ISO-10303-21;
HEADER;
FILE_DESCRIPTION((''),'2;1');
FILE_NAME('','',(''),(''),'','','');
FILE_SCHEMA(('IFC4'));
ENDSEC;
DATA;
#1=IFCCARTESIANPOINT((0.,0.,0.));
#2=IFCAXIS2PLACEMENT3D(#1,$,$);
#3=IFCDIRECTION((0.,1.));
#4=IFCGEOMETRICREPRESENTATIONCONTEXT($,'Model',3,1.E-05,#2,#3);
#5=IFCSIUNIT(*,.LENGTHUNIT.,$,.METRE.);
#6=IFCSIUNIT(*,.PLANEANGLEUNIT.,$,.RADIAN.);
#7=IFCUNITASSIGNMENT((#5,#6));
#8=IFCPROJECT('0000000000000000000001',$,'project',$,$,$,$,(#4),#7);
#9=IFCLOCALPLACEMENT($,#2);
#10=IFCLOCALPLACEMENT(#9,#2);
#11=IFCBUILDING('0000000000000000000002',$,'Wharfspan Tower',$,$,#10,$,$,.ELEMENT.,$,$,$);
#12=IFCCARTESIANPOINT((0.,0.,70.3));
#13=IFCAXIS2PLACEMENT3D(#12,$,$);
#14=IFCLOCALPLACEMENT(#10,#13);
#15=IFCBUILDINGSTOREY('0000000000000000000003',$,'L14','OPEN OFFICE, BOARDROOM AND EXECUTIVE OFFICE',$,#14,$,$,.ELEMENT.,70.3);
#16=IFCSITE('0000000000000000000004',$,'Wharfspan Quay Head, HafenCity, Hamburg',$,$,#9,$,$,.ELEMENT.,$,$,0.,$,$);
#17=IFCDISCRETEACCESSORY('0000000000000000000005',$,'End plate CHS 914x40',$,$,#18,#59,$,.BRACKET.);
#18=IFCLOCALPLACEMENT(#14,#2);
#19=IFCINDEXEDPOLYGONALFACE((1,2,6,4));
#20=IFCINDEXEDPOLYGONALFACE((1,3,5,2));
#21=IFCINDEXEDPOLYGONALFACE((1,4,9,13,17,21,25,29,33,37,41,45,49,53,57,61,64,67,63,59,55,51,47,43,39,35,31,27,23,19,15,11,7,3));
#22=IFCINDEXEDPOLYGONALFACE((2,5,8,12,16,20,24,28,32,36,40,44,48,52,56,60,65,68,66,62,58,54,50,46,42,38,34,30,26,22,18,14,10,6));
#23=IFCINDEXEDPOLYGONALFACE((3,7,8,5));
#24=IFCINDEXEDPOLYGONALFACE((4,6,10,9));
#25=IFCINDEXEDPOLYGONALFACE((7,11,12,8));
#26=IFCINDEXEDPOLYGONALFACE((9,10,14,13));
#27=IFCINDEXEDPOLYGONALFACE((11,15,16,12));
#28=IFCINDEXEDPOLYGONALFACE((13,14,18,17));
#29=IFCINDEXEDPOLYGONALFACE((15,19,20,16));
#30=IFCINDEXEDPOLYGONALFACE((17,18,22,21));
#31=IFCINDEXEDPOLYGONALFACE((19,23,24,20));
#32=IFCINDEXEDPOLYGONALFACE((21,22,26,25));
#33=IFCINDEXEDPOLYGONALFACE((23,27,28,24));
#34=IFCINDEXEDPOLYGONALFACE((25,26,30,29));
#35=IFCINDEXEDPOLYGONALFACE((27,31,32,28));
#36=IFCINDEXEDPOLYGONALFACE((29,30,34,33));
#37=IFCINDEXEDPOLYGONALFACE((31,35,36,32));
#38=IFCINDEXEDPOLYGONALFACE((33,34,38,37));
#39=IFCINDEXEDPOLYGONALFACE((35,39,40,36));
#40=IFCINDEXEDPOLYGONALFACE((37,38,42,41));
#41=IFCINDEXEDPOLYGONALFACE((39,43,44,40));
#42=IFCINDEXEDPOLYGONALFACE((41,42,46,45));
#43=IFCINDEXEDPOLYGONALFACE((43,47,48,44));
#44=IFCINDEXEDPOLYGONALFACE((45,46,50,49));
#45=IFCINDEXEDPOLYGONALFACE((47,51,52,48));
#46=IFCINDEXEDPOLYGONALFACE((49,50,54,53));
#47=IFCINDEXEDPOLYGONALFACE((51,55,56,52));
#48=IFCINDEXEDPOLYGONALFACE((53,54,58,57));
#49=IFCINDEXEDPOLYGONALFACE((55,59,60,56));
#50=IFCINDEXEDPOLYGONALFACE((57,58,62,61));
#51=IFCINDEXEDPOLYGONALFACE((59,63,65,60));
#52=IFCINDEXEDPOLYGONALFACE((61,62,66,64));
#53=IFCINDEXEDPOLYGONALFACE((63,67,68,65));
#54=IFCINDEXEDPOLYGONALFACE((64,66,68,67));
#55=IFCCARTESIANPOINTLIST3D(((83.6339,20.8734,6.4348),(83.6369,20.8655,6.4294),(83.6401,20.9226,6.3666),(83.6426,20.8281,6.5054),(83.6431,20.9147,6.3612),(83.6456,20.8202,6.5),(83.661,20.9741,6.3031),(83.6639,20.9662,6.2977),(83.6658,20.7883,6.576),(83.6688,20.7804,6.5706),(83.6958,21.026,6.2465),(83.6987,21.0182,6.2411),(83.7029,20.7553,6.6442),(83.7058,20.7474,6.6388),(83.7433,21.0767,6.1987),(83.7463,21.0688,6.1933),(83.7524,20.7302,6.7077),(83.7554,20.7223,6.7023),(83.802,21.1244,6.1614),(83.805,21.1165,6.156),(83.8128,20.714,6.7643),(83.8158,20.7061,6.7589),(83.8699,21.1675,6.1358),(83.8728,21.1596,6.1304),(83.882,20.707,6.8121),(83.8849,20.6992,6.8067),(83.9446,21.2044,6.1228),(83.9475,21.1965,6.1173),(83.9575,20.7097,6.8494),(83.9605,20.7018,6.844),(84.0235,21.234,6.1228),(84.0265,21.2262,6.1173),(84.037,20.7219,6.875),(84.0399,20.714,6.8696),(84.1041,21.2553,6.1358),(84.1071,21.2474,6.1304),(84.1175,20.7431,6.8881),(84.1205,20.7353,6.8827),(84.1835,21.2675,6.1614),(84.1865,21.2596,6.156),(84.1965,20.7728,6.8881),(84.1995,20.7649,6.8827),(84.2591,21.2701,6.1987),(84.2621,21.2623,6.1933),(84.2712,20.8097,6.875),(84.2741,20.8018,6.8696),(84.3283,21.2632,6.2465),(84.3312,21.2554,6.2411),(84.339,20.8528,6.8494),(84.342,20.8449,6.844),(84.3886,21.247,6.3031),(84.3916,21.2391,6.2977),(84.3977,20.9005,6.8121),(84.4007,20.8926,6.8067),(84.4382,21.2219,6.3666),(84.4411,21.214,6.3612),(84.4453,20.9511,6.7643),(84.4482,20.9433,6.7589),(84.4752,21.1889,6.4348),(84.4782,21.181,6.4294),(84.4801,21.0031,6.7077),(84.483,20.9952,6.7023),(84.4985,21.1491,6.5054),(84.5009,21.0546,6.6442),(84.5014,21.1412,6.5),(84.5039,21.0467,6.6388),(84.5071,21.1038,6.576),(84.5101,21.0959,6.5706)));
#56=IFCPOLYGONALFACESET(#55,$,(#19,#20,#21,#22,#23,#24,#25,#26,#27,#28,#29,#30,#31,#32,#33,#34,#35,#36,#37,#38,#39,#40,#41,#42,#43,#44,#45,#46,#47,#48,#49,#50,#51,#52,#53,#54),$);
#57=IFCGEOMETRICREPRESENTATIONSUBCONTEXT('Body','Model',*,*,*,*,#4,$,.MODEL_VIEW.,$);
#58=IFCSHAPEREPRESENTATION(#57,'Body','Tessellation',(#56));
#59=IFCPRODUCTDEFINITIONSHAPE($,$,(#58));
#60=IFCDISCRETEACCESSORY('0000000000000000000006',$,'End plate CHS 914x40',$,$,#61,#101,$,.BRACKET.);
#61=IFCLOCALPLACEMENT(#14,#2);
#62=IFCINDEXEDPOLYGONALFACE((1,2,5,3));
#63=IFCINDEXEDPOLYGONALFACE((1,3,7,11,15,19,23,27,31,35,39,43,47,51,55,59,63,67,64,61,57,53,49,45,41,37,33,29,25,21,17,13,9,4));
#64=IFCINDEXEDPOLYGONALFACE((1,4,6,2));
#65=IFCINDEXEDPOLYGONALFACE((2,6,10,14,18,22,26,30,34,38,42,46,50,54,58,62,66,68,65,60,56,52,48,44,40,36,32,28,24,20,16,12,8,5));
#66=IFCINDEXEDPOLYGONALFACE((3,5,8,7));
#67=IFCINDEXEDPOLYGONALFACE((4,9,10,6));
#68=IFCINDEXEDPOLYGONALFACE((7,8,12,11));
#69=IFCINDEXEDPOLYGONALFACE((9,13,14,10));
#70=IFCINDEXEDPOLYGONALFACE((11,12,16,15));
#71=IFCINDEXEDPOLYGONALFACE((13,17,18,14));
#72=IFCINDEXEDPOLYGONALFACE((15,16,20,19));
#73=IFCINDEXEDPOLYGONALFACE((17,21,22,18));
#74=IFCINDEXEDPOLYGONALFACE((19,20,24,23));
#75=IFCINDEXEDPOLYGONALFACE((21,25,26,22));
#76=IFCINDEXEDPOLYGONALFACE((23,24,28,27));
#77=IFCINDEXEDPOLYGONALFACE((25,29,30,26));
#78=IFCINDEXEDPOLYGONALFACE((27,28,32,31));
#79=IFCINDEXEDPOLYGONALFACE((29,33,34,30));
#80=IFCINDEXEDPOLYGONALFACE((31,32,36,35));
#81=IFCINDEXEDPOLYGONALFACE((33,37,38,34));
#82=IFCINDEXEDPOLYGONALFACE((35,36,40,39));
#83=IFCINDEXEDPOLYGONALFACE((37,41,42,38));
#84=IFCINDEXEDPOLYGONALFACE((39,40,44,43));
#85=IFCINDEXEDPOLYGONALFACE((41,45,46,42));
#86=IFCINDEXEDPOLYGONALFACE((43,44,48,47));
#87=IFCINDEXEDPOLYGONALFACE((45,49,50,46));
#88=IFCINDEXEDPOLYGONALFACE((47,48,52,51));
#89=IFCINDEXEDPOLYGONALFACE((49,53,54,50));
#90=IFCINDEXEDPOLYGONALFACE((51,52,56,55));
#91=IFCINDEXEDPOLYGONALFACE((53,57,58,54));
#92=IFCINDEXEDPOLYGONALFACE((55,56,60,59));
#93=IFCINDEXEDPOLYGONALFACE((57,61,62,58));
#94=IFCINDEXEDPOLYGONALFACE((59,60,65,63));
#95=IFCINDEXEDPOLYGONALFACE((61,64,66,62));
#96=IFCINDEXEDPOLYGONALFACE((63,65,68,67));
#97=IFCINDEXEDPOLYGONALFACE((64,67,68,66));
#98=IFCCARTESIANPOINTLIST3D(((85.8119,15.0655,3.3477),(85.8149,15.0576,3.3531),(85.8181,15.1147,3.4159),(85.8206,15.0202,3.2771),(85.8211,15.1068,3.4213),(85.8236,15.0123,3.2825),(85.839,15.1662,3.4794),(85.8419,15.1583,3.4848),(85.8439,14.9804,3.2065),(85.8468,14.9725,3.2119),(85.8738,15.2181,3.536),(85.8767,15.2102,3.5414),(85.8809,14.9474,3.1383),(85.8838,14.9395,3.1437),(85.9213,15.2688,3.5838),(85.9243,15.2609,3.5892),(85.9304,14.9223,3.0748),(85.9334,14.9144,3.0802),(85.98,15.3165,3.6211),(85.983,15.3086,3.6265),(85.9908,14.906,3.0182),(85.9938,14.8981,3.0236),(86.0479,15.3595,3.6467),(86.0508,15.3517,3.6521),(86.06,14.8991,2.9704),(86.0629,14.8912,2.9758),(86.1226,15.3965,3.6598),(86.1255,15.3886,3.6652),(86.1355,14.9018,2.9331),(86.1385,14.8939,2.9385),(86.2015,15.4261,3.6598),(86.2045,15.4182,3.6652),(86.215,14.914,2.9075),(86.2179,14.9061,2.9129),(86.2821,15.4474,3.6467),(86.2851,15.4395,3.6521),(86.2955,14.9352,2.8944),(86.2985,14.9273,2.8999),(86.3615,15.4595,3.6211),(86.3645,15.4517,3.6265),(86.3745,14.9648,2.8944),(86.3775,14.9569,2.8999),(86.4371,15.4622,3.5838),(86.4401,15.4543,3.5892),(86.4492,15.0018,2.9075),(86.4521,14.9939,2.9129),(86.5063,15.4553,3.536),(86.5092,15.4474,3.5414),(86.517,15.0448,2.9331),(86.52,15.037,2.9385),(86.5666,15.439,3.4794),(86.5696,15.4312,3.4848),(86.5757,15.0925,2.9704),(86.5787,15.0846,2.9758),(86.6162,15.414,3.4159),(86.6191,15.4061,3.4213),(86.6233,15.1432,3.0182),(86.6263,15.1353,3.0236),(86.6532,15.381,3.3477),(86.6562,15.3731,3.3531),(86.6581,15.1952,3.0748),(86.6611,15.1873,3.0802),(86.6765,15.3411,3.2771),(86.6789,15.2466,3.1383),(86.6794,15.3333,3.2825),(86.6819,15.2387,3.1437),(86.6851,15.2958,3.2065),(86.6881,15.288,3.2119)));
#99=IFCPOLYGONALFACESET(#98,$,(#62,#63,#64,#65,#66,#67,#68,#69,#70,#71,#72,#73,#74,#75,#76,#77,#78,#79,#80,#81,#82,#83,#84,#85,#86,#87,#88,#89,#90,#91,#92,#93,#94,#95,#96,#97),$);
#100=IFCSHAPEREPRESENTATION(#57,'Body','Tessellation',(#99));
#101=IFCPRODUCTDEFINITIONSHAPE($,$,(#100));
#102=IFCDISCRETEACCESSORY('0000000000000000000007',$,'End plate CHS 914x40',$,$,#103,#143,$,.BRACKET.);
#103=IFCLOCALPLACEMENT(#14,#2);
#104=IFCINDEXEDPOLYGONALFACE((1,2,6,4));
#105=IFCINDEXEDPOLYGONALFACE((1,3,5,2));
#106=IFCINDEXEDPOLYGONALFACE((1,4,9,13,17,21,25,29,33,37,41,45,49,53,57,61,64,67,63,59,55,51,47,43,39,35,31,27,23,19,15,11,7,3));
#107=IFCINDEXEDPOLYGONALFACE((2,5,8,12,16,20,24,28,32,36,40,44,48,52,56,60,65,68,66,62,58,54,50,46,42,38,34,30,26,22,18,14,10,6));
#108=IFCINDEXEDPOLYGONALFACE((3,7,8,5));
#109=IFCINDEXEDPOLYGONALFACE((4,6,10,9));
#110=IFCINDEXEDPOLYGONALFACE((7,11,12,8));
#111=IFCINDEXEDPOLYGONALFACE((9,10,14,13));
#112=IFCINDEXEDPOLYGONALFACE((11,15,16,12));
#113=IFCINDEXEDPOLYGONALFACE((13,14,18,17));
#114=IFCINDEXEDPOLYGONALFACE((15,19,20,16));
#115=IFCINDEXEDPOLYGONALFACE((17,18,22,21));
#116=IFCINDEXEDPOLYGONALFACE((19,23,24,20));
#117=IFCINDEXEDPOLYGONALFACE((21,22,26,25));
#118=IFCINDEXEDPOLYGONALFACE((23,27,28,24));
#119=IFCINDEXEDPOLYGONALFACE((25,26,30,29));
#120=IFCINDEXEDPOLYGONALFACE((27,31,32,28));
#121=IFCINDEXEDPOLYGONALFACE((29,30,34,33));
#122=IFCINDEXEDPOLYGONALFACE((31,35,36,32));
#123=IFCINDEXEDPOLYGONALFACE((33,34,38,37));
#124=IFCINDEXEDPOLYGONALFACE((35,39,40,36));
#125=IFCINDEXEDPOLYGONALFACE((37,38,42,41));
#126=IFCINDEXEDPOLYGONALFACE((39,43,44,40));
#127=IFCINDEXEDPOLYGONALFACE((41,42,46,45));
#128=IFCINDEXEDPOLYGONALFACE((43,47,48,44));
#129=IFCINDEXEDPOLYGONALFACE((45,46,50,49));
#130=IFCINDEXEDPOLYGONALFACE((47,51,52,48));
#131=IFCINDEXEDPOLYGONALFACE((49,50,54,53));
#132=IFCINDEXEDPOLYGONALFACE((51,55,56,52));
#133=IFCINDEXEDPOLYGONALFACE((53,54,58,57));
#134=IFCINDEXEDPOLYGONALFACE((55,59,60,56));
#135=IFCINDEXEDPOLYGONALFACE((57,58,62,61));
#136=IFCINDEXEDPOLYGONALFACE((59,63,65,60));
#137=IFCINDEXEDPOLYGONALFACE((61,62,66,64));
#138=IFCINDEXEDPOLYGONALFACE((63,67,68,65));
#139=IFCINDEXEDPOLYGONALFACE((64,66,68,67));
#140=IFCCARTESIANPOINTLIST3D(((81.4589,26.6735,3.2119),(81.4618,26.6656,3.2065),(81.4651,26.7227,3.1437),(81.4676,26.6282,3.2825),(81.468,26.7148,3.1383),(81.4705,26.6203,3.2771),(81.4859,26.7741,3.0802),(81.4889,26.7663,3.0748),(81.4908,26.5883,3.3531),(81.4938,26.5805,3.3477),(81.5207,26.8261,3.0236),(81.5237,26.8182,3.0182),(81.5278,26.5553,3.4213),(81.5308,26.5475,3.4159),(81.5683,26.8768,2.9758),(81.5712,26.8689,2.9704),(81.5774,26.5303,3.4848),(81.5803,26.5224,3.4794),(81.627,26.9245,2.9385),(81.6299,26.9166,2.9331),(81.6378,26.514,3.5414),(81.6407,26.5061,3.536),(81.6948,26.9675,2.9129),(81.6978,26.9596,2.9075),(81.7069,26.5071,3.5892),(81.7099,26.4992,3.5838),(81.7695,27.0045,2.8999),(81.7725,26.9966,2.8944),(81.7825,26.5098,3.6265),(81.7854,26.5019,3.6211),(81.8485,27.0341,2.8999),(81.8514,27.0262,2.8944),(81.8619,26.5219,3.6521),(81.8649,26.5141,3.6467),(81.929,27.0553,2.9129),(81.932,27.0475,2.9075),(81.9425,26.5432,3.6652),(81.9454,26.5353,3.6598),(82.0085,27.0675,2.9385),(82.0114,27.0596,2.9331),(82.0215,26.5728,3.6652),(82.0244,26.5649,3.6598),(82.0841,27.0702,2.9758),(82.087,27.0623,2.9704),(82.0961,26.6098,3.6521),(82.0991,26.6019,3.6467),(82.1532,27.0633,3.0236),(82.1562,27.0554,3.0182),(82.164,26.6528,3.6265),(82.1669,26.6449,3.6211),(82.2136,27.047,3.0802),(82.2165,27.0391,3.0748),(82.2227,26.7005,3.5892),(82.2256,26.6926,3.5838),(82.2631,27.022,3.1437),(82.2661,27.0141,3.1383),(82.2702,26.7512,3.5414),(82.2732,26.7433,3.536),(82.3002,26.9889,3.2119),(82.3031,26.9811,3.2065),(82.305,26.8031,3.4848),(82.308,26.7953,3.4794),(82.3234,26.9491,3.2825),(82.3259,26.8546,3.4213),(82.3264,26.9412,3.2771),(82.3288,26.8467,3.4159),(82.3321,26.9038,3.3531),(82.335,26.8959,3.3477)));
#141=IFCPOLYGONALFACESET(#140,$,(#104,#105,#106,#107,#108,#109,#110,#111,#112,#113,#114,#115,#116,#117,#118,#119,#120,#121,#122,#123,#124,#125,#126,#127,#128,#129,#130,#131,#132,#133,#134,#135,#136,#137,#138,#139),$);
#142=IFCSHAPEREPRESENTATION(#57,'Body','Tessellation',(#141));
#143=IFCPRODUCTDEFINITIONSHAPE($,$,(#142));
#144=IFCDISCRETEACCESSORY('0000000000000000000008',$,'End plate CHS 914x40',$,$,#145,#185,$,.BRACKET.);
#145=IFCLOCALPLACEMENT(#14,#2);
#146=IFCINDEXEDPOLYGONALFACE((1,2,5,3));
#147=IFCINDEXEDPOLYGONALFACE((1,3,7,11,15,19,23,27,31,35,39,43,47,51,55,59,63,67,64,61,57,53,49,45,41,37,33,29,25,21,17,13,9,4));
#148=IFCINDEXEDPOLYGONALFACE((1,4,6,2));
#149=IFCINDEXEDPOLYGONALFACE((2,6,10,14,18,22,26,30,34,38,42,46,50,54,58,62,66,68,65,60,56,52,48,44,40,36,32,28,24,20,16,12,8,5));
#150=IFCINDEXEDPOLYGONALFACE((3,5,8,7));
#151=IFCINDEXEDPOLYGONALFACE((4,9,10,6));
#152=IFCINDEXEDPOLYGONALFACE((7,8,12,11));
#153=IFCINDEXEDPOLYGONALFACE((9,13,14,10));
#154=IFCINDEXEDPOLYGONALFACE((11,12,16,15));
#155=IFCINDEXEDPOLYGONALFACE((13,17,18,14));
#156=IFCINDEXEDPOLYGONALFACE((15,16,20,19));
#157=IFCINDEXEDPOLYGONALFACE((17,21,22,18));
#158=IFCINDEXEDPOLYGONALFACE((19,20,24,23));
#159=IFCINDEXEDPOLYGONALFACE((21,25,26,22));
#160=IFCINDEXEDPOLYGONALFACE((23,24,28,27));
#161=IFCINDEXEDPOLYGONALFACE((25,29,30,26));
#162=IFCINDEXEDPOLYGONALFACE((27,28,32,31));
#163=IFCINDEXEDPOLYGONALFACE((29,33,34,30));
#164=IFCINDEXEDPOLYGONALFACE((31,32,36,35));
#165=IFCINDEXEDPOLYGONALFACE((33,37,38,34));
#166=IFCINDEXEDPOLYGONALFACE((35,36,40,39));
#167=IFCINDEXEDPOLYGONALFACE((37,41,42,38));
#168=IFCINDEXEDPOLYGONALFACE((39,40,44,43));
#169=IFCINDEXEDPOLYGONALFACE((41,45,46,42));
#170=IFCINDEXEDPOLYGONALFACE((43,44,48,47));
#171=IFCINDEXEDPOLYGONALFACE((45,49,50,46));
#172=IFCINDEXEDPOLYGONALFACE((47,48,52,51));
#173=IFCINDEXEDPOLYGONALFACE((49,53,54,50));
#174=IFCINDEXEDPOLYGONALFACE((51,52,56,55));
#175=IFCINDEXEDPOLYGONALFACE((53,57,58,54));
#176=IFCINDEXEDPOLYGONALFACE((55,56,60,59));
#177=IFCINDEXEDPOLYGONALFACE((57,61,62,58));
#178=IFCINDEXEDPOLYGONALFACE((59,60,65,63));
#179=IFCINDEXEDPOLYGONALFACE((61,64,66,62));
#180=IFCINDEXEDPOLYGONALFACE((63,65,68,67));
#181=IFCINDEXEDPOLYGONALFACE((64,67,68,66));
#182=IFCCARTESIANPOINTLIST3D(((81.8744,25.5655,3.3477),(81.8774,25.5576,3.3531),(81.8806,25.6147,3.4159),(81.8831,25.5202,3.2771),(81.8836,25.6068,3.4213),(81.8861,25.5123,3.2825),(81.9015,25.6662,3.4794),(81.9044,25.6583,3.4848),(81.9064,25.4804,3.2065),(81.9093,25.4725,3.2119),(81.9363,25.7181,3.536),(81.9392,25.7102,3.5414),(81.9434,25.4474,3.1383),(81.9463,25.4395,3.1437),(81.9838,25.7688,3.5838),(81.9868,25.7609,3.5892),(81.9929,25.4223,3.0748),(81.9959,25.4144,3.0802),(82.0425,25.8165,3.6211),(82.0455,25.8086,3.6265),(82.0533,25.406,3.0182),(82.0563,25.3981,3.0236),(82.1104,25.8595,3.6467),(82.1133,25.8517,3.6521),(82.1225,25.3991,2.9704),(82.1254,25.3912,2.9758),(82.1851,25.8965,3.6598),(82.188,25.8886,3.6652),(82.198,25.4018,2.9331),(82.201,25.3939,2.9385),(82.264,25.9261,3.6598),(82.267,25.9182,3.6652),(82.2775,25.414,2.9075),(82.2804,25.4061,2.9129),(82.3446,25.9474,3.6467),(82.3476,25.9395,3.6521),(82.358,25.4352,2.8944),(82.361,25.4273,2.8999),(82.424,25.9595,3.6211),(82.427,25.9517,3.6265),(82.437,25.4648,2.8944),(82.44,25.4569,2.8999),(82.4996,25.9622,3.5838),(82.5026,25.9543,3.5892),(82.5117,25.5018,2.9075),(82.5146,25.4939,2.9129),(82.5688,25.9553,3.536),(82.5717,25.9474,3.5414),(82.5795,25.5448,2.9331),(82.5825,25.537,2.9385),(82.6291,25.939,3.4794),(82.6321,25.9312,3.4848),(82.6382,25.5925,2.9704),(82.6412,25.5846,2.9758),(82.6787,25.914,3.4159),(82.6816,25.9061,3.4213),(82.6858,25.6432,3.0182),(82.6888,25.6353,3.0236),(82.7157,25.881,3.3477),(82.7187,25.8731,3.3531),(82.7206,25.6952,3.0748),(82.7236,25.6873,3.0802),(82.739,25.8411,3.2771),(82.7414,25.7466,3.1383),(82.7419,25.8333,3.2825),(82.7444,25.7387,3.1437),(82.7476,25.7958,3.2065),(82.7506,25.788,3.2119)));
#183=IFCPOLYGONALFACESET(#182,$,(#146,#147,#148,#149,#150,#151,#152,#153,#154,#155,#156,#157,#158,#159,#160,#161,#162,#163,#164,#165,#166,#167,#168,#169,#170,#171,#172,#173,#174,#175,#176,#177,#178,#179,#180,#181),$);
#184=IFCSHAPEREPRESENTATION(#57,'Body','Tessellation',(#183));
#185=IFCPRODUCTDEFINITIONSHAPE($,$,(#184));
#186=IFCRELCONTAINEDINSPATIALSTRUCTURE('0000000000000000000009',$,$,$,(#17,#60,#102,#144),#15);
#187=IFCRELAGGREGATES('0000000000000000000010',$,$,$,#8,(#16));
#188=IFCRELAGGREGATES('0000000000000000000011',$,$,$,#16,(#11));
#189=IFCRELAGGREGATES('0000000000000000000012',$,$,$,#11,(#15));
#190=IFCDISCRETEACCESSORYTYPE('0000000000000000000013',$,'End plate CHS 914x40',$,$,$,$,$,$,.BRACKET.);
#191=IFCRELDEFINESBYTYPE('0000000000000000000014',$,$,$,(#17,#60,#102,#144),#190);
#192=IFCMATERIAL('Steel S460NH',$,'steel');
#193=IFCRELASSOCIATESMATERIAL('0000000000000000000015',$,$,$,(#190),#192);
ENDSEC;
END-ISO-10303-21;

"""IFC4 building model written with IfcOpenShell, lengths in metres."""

from ifc_helpers import new_model, si_unit, direction, frame, origin, origin_2d, place, context, subcontext, project, spatial, circle, extrude, material, material_profile, profile_set, type_object, element, save


model = new_model("IFC4")

# Units and contexts
model_context = context("Model", 3, precision=1e-05, world=origin(), true_north=direction((0.0, 1.0)))
body_context = subcontext(model_context, "Body", "Model", "MODEL_VIEW")
ifc_project = project(units=[si_unit("LENGTHUNIT", "METRE"), si_unit("PLANEANGLEUNIT", "RADIAN")], contexts=[model_context])

# Site, building, storey
site_placement = place(None, origin())
site = spatial("IfcSite", under=ifc_project, at=site_placement, Name="Wharfspan Quay Head, HafenCity, Hamburg", CompositionType="ELEMENT", RefElevation=0.0)
building_placement = place(site_placement, origin())
building = spatial("IfcBuilding", under=site, at=building_placement, Name="Wharfspan Tower", CompositionType="ELEMENT")
storey_placement = place(building_placement, frame((0.0, 0.0, 70.3)))
storey = spatial("IfcBuildingStorey", under=building, at=storey_placement, Name="L14", Description="OPEN OFFICE, BOARDROOM AND EXECUTIVE OFFICE", CompositionType="ELEMENT", Elevation=70.3)

# Shared definitions
ifc_material_1 = material(Name="Steel S460NH", Category="steel")

# Discrete accessories
ifc_material_profile_1 = material_profile(ifc_material_1, circle(Radius=0.457, at=origin_2d()))
ifc_profile_set_1 = profile_set([ifc_material_profile_1], Name="Steel S460NH")
discrete_accessory_type = type_object("IfcDiscreteAccessoryType", Name="End plate CHS 914x40", PredefinedType="BRACKET", material=ifc_profile_set_1)
for number, where, z_axis, x_axis, name in (
    (1, (84.0735, 20.9807, 6.5), (-0.295241, 0.787309, 0.541275), (-0.936333, -0.351125, 0.0), "End plate CHS 914x40"),
    (2, (86.2485, 15.1807, 3.2771), (0.295241, -0.787309, 0.541275), (0.936333, 0.351125, 0.0), "End plate CHS 914x40"),
    (3, (81.8984, 26.7808, 3.2771), (-0.295241, 0.787309, 0.541275), (-0.936333, -0.351125, 0.0), "End plate CHS 914x40"),
    (4, (82.311, 25.6807, 3.2771), (0.295241, -0.787309, 0.541275), (0.936333, 0.351125, 0.0), "End plate CHS 914x40"),
):
    element("IfcDiscreteAccessory", number, at=place(storey_placement, frame(where, z_axis=z_axis, x_axis=x_axis)), inside=storey, type_object=discrete_accessory_type, Name=name, PredefinedType="BRACKET", context=body_context, shape_type="SweptSolid", body=[
        extrude(circle(Radius=0.457, at=origin_2d()), origin(), (0.0, 0.0, 1.0), 0.01),
    ])

save(model, "model.ifc")
